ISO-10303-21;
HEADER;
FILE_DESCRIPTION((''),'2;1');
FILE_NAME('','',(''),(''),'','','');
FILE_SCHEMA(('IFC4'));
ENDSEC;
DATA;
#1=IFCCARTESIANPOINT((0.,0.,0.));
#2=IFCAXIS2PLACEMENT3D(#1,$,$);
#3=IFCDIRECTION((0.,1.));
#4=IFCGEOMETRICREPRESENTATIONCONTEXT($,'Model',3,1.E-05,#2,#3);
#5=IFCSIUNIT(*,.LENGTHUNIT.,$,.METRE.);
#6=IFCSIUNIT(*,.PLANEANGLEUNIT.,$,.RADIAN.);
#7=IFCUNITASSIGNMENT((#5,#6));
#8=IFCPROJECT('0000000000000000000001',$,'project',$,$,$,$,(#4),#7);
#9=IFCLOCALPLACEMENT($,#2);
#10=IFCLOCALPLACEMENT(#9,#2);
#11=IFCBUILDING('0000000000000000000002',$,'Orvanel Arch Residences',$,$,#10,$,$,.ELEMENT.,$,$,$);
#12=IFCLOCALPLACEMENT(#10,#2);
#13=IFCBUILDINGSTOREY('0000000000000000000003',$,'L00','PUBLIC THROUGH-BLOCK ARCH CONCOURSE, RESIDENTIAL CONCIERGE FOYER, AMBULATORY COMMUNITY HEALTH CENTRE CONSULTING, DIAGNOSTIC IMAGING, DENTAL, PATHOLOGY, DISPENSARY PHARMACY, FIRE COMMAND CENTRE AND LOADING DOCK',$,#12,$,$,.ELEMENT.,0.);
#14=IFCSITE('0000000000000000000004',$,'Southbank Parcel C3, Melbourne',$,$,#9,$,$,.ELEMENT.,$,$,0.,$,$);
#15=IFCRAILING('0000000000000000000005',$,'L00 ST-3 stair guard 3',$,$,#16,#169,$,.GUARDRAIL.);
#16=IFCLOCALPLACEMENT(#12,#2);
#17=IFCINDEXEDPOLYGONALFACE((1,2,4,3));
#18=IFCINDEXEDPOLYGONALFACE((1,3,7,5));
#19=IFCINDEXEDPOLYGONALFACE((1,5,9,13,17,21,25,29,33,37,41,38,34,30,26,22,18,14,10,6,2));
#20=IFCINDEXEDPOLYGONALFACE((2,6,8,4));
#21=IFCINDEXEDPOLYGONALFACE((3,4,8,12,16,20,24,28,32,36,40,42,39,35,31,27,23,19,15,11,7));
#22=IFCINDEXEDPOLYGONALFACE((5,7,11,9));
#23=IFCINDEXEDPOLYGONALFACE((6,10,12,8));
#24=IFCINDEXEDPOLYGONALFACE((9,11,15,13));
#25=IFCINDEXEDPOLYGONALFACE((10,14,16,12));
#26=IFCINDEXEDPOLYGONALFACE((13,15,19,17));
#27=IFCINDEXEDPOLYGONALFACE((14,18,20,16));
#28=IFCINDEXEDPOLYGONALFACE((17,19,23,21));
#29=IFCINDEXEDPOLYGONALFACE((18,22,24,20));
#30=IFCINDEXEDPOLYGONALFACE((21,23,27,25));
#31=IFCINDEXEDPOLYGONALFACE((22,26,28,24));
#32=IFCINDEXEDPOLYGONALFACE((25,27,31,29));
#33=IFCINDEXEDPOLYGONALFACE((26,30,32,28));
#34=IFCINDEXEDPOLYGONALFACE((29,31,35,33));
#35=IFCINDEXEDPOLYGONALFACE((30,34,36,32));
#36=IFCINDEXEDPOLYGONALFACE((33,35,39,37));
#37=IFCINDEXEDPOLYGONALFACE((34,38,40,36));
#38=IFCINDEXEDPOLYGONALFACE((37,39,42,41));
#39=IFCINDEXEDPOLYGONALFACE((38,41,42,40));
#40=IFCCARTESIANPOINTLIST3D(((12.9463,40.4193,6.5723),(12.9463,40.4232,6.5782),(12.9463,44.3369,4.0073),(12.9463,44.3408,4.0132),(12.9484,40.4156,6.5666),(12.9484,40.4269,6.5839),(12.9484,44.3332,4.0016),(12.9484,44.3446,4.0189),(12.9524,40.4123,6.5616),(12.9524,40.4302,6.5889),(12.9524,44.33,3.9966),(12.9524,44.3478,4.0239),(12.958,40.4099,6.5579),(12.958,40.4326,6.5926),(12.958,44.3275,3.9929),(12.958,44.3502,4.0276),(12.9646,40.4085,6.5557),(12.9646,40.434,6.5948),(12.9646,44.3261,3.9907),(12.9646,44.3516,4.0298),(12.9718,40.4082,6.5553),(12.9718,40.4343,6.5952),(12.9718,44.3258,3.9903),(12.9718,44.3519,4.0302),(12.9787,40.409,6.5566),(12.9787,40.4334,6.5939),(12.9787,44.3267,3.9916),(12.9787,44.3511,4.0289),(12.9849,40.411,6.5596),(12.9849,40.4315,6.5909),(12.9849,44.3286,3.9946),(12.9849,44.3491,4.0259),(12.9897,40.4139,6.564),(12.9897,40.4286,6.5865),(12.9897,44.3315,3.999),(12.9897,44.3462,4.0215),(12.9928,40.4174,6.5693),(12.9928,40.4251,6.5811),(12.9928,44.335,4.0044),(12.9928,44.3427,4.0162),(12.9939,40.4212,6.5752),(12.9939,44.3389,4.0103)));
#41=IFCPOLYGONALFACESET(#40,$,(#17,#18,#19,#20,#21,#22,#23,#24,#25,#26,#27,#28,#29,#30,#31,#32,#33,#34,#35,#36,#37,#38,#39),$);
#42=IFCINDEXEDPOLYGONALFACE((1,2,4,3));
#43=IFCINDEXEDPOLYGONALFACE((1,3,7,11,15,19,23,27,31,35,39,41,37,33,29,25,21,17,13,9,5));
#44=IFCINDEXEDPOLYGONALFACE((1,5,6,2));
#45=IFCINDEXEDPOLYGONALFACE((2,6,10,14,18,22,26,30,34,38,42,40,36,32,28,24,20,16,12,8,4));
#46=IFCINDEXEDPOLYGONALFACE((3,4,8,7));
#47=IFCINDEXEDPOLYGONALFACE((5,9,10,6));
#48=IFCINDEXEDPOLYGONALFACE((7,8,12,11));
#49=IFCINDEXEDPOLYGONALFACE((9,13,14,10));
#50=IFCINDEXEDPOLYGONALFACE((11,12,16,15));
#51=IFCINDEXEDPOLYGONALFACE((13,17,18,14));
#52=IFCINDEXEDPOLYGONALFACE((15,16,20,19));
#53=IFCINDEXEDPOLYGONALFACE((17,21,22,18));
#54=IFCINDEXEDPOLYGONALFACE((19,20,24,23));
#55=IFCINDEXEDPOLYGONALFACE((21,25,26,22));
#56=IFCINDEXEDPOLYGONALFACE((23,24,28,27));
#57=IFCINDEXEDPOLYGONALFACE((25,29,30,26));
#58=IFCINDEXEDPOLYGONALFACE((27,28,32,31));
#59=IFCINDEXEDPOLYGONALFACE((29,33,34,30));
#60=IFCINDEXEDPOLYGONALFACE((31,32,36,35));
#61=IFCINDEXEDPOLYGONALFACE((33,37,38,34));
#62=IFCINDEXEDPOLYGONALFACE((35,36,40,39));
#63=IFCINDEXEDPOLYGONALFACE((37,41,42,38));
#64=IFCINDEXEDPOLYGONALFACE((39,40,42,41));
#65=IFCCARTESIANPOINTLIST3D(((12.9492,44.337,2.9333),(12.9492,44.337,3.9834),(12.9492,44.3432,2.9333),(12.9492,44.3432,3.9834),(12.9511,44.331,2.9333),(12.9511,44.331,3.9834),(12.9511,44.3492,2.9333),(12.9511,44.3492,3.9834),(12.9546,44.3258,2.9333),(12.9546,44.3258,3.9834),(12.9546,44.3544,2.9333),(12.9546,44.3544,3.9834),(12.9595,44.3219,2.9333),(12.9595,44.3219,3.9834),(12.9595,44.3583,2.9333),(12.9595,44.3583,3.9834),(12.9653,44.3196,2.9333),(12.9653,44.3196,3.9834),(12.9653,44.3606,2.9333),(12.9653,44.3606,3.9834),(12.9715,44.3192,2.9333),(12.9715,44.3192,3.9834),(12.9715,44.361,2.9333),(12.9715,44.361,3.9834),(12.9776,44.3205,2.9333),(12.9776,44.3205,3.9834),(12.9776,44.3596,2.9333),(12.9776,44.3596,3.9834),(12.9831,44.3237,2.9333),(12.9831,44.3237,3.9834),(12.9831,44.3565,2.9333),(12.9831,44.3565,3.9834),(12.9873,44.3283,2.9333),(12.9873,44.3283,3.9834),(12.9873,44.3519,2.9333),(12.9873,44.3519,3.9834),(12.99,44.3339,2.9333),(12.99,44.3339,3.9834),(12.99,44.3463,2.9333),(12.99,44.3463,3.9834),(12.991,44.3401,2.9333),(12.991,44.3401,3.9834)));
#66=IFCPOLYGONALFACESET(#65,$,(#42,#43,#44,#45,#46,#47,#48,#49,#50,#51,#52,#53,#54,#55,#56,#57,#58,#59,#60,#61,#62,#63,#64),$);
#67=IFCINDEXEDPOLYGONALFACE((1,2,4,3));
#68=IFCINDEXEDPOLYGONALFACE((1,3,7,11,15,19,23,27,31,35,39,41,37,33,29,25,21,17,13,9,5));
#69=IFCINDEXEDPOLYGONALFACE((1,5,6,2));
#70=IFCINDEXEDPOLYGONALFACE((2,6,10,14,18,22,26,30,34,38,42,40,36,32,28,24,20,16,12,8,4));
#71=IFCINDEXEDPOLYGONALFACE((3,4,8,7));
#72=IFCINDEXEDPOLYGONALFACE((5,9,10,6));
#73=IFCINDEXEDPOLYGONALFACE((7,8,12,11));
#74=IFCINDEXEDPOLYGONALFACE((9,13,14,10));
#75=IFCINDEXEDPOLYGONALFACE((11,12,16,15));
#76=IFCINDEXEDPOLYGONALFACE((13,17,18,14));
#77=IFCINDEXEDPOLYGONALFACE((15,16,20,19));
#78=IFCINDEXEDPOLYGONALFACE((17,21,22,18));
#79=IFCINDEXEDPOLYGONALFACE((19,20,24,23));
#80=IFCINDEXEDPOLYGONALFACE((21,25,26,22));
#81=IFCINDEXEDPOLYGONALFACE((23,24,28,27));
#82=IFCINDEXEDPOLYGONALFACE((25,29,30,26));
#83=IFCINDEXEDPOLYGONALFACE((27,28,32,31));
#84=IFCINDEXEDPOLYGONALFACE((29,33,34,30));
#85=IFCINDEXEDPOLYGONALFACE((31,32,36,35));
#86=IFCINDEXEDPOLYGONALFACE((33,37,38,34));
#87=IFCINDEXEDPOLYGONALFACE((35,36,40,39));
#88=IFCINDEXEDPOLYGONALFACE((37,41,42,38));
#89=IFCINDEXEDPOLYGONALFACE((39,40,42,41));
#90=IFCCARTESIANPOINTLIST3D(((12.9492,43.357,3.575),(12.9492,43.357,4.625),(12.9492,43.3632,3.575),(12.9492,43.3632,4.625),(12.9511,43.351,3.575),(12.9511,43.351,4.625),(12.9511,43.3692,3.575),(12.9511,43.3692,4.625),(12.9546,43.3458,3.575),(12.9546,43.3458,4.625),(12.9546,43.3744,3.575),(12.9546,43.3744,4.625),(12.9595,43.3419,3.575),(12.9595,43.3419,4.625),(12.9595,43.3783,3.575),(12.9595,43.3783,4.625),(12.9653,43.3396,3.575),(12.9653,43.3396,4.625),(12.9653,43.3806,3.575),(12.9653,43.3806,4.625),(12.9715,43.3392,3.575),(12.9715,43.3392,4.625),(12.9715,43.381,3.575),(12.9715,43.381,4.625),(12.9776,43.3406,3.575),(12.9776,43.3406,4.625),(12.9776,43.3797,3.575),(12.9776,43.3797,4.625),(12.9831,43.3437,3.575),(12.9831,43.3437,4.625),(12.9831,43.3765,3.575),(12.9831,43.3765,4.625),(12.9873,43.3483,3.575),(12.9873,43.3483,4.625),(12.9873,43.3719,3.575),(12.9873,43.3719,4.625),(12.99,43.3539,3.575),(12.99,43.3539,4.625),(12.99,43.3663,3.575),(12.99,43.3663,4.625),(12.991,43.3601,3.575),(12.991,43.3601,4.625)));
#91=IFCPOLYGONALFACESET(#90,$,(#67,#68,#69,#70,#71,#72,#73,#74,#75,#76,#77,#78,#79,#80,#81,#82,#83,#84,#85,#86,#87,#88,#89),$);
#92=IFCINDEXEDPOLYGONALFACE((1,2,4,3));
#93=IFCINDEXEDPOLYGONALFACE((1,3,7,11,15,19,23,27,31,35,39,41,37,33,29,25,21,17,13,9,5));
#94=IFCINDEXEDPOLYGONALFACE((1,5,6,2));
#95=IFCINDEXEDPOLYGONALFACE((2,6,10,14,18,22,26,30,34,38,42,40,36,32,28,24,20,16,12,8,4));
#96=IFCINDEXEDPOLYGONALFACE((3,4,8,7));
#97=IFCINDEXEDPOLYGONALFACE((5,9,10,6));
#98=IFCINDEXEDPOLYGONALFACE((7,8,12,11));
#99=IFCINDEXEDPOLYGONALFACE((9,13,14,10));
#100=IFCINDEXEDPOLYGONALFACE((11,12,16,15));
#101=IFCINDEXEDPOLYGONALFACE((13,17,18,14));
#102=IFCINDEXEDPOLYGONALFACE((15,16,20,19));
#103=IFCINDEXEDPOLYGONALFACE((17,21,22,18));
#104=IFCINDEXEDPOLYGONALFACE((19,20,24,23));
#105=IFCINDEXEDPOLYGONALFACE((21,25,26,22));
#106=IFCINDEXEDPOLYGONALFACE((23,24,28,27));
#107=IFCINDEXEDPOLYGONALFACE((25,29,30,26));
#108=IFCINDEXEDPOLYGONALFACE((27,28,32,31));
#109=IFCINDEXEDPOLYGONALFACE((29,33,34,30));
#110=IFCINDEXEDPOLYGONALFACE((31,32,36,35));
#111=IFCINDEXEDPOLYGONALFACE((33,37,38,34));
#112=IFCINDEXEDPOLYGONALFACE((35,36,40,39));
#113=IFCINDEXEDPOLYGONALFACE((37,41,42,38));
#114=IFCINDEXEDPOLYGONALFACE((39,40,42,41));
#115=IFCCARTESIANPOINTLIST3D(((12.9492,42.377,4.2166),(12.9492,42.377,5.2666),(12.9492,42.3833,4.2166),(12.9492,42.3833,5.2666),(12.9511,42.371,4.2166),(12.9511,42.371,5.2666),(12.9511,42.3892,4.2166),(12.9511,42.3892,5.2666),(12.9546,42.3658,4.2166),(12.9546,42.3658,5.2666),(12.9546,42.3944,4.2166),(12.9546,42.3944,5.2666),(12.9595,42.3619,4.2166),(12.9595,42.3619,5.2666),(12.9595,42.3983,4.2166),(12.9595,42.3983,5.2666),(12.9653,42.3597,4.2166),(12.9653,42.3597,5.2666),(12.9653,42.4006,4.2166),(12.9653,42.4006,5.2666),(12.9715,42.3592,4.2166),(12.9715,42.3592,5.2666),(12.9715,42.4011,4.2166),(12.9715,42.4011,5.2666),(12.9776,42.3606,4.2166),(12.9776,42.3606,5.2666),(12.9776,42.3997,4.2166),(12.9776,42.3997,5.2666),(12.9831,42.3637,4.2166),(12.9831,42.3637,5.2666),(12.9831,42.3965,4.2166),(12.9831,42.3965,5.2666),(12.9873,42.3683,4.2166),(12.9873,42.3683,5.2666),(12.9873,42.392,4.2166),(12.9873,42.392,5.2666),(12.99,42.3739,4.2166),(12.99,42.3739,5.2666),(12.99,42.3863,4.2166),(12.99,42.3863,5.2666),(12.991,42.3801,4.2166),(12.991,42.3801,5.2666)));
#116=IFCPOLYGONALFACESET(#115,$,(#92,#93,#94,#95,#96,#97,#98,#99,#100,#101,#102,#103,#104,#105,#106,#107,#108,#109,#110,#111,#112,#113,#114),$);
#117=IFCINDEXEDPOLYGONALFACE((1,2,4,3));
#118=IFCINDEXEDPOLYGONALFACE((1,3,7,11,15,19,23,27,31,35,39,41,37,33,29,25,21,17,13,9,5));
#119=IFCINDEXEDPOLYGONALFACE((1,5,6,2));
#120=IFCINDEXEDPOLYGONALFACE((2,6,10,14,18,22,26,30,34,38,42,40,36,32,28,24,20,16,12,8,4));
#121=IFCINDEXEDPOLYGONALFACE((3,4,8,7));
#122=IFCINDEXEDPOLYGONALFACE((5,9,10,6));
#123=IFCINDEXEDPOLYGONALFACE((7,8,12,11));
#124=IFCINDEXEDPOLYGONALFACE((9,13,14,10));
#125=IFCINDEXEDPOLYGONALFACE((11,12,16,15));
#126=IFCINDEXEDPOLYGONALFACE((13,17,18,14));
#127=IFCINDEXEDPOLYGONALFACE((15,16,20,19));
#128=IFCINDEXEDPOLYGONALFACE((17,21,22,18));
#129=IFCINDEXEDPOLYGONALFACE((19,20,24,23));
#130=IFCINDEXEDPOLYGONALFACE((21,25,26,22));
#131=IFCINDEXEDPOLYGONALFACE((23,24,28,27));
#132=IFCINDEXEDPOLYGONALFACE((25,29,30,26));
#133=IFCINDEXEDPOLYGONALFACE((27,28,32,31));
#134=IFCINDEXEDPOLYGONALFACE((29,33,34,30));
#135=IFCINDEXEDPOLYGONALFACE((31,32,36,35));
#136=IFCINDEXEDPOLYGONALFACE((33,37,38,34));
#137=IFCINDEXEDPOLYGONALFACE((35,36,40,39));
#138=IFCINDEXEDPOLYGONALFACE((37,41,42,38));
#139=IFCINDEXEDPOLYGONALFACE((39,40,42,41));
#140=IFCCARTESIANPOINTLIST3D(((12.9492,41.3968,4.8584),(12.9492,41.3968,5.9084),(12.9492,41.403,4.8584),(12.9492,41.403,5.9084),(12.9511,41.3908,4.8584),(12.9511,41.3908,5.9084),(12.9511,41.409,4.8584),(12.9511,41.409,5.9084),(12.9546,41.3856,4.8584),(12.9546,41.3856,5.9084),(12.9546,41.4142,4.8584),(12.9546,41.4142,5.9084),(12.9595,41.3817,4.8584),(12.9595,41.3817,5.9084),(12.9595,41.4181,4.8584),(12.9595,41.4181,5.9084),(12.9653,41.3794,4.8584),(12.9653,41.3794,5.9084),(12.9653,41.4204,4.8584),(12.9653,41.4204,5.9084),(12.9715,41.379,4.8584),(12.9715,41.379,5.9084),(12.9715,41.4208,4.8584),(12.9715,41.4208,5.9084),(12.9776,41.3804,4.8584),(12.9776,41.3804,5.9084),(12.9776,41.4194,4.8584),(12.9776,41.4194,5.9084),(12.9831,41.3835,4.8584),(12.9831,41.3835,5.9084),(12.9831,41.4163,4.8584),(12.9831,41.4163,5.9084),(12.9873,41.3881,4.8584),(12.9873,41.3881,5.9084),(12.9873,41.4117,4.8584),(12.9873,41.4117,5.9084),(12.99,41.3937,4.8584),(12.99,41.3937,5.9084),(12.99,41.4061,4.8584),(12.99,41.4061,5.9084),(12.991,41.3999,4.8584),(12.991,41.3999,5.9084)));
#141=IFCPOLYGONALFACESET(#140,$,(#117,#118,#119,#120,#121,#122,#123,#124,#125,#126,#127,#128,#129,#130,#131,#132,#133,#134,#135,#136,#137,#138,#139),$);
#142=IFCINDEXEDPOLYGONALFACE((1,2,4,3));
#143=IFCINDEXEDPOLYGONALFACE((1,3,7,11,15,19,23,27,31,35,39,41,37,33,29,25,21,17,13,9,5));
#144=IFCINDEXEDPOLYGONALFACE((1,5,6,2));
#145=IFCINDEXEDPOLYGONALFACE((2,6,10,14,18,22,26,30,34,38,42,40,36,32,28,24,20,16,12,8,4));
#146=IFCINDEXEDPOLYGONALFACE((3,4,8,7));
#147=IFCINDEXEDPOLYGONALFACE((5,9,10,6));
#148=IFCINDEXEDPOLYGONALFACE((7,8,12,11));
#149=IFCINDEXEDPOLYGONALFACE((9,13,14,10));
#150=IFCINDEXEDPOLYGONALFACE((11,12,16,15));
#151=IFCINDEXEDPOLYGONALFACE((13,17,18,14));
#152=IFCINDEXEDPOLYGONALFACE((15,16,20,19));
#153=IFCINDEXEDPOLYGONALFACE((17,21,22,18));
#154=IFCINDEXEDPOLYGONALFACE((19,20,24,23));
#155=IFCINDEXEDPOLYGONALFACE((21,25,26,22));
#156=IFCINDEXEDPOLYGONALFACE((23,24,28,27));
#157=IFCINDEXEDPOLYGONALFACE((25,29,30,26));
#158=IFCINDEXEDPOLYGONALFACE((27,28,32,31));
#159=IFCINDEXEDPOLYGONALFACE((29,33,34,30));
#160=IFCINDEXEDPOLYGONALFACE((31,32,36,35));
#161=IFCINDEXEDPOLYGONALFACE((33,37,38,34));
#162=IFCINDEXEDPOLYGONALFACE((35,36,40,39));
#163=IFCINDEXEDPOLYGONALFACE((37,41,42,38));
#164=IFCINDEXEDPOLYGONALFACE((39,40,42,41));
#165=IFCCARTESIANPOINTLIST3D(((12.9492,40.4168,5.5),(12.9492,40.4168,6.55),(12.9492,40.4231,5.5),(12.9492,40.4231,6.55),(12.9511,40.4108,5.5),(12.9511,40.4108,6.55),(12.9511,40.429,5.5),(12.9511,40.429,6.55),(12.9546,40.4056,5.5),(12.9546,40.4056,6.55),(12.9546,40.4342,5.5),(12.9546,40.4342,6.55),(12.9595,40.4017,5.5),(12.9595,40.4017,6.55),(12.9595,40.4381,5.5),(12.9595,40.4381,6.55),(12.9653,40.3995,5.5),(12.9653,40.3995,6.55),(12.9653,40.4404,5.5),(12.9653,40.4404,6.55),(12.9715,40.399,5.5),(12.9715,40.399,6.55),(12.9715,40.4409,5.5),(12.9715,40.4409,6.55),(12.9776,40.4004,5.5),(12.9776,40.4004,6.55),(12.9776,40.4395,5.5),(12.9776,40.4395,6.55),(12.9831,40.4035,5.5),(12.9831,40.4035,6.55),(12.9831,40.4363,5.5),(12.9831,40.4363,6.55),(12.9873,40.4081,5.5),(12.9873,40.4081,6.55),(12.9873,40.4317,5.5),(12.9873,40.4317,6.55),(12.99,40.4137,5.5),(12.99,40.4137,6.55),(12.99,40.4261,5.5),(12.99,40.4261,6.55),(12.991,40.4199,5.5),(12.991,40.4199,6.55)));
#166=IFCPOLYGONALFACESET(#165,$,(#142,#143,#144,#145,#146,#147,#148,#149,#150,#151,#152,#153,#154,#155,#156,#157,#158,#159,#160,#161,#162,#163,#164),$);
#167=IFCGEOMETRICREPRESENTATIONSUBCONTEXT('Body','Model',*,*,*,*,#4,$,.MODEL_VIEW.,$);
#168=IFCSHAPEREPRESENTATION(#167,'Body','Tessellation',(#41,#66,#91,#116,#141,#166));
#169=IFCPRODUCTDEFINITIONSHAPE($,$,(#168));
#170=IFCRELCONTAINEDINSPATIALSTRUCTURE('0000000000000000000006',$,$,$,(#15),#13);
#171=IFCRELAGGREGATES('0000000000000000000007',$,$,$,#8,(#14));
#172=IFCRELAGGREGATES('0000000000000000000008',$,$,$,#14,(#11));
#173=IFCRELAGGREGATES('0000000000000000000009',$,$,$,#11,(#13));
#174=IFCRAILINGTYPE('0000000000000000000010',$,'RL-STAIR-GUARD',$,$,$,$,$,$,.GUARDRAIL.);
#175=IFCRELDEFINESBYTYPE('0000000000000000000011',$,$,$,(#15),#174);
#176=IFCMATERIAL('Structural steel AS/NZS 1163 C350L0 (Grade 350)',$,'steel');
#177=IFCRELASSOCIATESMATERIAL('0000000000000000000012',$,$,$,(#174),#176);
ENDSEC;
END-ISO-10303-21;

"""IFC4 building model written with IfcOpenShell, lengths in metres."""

from ifc_helpers import new_model, si_unit, direction, frame, origin, origin_2d, place, context, subcontext, project, spatial, circle, extrude, material, type_object, element, save


model = new_model("IFC4")

# Units and contexts
model_context = context("Model", 3, precision=1e-05, world=origin(), true_north=direction((0.0, 1.0)))
body_context = subcontext(model_context, "Body", "Model", "MODEL_VIEW")
ifc_project = project(units=[si_unit("LENGTHUNIT", "METRE"), si_unit("PLANEANGLEUNIT", "RADIAN")], contexts=[model_context])

# Site, building, storey
site_placement = place(None, origin())
site = spatial("IfcSite", under=ifc_project, at=site_placement, Name="Southbank Parcel C3, Melbourne", CompositionType="ELEMENT", RefElevation=0.0)
building_placement = place(site_placement, origin())
building = spatial("IfcBuilding", under=site, at=building_placement, Name="Orvanel Arch Residences", CompositionType="ELEMENT")
storey_placement = place(building_placement, origin())
storey = spatial("IfcBuildingStorey", under=building, at=storey_placement, Name="L00", Description="PUBLIC THROUGH-BLOCK ARCH CONCOURSE, RESIDENTIAL CONCIERGE FOYER, AMBULATORY COMMUNITY HEALTH CENTRE CONSULTING, DIAGNOSTIC IMAGING, DENTAL, PATHOLOGY, DISPENSARY PHARMACY, FIRE COMMAND CENTRE AND LOADING DOCK", CompositionType="ELEMENT", Elevation=0.0)

# Shared definitions
ifc_material_1 = material(Name="Structural steel AS/NZS 1163 C350L0 (Grade 350)", Category="steel")

# Railing
railing_type_1 = type_object("IfcRailingType", Name="RL-STAIR-GUARD", PredefinedType="GUARDRAIL", material=ifc_material_1)
railing_1_placement = place(storey_placement, frame((12.97, 44.3401, 2.9333)))
element("IfcRailing", 1, at=railing_1_placement, inside=storey, type_object=railing_type_1, Name="L00 ST-3 stair guard 3", PredefinedType="GUARDRAIL", context=body_context, shape_type="SweptSolid", body=[
    extrude(circle(Radius=0.0239, at=origin_2d()), frame((0.0, -0.0012, 1.0769), z_axis=(0.0, -0.836631, 0.547767), x_axis=(1.0, 0.0, 0.0)), (0.0, 0.0, 1.0), 4.6826),
    extrude(circle(Radius=0.021, at=origin_2d()), origin(), (0.0, 0.0, 1.0), 1.05),
    extrude(circle(Radius=0.021, at=origin_2d()), frame((0.0, -0.98, 0.6416)), (0.0, 0.0, 1.0), 1.05),
    extrude(circle(Radius=0.021, at=origin_2d()), frame((0.0, -1.96, 1.2832)), (0.0, 0.0, 1.0), 1.05),
    extrude(circle(Radius=0.021, at=origin_2d()), frame((0.0, -2.9402, 1.925)), (0.0, 0.0, 1.0), 1.05),
    extrude(circle(Radius=0.021, at=origin_2d()), frame((0.0, -3.9202, 2.5667)), (0.0, 0.0, 1.0), 1.05),
])

save(model, "model.ifc")
